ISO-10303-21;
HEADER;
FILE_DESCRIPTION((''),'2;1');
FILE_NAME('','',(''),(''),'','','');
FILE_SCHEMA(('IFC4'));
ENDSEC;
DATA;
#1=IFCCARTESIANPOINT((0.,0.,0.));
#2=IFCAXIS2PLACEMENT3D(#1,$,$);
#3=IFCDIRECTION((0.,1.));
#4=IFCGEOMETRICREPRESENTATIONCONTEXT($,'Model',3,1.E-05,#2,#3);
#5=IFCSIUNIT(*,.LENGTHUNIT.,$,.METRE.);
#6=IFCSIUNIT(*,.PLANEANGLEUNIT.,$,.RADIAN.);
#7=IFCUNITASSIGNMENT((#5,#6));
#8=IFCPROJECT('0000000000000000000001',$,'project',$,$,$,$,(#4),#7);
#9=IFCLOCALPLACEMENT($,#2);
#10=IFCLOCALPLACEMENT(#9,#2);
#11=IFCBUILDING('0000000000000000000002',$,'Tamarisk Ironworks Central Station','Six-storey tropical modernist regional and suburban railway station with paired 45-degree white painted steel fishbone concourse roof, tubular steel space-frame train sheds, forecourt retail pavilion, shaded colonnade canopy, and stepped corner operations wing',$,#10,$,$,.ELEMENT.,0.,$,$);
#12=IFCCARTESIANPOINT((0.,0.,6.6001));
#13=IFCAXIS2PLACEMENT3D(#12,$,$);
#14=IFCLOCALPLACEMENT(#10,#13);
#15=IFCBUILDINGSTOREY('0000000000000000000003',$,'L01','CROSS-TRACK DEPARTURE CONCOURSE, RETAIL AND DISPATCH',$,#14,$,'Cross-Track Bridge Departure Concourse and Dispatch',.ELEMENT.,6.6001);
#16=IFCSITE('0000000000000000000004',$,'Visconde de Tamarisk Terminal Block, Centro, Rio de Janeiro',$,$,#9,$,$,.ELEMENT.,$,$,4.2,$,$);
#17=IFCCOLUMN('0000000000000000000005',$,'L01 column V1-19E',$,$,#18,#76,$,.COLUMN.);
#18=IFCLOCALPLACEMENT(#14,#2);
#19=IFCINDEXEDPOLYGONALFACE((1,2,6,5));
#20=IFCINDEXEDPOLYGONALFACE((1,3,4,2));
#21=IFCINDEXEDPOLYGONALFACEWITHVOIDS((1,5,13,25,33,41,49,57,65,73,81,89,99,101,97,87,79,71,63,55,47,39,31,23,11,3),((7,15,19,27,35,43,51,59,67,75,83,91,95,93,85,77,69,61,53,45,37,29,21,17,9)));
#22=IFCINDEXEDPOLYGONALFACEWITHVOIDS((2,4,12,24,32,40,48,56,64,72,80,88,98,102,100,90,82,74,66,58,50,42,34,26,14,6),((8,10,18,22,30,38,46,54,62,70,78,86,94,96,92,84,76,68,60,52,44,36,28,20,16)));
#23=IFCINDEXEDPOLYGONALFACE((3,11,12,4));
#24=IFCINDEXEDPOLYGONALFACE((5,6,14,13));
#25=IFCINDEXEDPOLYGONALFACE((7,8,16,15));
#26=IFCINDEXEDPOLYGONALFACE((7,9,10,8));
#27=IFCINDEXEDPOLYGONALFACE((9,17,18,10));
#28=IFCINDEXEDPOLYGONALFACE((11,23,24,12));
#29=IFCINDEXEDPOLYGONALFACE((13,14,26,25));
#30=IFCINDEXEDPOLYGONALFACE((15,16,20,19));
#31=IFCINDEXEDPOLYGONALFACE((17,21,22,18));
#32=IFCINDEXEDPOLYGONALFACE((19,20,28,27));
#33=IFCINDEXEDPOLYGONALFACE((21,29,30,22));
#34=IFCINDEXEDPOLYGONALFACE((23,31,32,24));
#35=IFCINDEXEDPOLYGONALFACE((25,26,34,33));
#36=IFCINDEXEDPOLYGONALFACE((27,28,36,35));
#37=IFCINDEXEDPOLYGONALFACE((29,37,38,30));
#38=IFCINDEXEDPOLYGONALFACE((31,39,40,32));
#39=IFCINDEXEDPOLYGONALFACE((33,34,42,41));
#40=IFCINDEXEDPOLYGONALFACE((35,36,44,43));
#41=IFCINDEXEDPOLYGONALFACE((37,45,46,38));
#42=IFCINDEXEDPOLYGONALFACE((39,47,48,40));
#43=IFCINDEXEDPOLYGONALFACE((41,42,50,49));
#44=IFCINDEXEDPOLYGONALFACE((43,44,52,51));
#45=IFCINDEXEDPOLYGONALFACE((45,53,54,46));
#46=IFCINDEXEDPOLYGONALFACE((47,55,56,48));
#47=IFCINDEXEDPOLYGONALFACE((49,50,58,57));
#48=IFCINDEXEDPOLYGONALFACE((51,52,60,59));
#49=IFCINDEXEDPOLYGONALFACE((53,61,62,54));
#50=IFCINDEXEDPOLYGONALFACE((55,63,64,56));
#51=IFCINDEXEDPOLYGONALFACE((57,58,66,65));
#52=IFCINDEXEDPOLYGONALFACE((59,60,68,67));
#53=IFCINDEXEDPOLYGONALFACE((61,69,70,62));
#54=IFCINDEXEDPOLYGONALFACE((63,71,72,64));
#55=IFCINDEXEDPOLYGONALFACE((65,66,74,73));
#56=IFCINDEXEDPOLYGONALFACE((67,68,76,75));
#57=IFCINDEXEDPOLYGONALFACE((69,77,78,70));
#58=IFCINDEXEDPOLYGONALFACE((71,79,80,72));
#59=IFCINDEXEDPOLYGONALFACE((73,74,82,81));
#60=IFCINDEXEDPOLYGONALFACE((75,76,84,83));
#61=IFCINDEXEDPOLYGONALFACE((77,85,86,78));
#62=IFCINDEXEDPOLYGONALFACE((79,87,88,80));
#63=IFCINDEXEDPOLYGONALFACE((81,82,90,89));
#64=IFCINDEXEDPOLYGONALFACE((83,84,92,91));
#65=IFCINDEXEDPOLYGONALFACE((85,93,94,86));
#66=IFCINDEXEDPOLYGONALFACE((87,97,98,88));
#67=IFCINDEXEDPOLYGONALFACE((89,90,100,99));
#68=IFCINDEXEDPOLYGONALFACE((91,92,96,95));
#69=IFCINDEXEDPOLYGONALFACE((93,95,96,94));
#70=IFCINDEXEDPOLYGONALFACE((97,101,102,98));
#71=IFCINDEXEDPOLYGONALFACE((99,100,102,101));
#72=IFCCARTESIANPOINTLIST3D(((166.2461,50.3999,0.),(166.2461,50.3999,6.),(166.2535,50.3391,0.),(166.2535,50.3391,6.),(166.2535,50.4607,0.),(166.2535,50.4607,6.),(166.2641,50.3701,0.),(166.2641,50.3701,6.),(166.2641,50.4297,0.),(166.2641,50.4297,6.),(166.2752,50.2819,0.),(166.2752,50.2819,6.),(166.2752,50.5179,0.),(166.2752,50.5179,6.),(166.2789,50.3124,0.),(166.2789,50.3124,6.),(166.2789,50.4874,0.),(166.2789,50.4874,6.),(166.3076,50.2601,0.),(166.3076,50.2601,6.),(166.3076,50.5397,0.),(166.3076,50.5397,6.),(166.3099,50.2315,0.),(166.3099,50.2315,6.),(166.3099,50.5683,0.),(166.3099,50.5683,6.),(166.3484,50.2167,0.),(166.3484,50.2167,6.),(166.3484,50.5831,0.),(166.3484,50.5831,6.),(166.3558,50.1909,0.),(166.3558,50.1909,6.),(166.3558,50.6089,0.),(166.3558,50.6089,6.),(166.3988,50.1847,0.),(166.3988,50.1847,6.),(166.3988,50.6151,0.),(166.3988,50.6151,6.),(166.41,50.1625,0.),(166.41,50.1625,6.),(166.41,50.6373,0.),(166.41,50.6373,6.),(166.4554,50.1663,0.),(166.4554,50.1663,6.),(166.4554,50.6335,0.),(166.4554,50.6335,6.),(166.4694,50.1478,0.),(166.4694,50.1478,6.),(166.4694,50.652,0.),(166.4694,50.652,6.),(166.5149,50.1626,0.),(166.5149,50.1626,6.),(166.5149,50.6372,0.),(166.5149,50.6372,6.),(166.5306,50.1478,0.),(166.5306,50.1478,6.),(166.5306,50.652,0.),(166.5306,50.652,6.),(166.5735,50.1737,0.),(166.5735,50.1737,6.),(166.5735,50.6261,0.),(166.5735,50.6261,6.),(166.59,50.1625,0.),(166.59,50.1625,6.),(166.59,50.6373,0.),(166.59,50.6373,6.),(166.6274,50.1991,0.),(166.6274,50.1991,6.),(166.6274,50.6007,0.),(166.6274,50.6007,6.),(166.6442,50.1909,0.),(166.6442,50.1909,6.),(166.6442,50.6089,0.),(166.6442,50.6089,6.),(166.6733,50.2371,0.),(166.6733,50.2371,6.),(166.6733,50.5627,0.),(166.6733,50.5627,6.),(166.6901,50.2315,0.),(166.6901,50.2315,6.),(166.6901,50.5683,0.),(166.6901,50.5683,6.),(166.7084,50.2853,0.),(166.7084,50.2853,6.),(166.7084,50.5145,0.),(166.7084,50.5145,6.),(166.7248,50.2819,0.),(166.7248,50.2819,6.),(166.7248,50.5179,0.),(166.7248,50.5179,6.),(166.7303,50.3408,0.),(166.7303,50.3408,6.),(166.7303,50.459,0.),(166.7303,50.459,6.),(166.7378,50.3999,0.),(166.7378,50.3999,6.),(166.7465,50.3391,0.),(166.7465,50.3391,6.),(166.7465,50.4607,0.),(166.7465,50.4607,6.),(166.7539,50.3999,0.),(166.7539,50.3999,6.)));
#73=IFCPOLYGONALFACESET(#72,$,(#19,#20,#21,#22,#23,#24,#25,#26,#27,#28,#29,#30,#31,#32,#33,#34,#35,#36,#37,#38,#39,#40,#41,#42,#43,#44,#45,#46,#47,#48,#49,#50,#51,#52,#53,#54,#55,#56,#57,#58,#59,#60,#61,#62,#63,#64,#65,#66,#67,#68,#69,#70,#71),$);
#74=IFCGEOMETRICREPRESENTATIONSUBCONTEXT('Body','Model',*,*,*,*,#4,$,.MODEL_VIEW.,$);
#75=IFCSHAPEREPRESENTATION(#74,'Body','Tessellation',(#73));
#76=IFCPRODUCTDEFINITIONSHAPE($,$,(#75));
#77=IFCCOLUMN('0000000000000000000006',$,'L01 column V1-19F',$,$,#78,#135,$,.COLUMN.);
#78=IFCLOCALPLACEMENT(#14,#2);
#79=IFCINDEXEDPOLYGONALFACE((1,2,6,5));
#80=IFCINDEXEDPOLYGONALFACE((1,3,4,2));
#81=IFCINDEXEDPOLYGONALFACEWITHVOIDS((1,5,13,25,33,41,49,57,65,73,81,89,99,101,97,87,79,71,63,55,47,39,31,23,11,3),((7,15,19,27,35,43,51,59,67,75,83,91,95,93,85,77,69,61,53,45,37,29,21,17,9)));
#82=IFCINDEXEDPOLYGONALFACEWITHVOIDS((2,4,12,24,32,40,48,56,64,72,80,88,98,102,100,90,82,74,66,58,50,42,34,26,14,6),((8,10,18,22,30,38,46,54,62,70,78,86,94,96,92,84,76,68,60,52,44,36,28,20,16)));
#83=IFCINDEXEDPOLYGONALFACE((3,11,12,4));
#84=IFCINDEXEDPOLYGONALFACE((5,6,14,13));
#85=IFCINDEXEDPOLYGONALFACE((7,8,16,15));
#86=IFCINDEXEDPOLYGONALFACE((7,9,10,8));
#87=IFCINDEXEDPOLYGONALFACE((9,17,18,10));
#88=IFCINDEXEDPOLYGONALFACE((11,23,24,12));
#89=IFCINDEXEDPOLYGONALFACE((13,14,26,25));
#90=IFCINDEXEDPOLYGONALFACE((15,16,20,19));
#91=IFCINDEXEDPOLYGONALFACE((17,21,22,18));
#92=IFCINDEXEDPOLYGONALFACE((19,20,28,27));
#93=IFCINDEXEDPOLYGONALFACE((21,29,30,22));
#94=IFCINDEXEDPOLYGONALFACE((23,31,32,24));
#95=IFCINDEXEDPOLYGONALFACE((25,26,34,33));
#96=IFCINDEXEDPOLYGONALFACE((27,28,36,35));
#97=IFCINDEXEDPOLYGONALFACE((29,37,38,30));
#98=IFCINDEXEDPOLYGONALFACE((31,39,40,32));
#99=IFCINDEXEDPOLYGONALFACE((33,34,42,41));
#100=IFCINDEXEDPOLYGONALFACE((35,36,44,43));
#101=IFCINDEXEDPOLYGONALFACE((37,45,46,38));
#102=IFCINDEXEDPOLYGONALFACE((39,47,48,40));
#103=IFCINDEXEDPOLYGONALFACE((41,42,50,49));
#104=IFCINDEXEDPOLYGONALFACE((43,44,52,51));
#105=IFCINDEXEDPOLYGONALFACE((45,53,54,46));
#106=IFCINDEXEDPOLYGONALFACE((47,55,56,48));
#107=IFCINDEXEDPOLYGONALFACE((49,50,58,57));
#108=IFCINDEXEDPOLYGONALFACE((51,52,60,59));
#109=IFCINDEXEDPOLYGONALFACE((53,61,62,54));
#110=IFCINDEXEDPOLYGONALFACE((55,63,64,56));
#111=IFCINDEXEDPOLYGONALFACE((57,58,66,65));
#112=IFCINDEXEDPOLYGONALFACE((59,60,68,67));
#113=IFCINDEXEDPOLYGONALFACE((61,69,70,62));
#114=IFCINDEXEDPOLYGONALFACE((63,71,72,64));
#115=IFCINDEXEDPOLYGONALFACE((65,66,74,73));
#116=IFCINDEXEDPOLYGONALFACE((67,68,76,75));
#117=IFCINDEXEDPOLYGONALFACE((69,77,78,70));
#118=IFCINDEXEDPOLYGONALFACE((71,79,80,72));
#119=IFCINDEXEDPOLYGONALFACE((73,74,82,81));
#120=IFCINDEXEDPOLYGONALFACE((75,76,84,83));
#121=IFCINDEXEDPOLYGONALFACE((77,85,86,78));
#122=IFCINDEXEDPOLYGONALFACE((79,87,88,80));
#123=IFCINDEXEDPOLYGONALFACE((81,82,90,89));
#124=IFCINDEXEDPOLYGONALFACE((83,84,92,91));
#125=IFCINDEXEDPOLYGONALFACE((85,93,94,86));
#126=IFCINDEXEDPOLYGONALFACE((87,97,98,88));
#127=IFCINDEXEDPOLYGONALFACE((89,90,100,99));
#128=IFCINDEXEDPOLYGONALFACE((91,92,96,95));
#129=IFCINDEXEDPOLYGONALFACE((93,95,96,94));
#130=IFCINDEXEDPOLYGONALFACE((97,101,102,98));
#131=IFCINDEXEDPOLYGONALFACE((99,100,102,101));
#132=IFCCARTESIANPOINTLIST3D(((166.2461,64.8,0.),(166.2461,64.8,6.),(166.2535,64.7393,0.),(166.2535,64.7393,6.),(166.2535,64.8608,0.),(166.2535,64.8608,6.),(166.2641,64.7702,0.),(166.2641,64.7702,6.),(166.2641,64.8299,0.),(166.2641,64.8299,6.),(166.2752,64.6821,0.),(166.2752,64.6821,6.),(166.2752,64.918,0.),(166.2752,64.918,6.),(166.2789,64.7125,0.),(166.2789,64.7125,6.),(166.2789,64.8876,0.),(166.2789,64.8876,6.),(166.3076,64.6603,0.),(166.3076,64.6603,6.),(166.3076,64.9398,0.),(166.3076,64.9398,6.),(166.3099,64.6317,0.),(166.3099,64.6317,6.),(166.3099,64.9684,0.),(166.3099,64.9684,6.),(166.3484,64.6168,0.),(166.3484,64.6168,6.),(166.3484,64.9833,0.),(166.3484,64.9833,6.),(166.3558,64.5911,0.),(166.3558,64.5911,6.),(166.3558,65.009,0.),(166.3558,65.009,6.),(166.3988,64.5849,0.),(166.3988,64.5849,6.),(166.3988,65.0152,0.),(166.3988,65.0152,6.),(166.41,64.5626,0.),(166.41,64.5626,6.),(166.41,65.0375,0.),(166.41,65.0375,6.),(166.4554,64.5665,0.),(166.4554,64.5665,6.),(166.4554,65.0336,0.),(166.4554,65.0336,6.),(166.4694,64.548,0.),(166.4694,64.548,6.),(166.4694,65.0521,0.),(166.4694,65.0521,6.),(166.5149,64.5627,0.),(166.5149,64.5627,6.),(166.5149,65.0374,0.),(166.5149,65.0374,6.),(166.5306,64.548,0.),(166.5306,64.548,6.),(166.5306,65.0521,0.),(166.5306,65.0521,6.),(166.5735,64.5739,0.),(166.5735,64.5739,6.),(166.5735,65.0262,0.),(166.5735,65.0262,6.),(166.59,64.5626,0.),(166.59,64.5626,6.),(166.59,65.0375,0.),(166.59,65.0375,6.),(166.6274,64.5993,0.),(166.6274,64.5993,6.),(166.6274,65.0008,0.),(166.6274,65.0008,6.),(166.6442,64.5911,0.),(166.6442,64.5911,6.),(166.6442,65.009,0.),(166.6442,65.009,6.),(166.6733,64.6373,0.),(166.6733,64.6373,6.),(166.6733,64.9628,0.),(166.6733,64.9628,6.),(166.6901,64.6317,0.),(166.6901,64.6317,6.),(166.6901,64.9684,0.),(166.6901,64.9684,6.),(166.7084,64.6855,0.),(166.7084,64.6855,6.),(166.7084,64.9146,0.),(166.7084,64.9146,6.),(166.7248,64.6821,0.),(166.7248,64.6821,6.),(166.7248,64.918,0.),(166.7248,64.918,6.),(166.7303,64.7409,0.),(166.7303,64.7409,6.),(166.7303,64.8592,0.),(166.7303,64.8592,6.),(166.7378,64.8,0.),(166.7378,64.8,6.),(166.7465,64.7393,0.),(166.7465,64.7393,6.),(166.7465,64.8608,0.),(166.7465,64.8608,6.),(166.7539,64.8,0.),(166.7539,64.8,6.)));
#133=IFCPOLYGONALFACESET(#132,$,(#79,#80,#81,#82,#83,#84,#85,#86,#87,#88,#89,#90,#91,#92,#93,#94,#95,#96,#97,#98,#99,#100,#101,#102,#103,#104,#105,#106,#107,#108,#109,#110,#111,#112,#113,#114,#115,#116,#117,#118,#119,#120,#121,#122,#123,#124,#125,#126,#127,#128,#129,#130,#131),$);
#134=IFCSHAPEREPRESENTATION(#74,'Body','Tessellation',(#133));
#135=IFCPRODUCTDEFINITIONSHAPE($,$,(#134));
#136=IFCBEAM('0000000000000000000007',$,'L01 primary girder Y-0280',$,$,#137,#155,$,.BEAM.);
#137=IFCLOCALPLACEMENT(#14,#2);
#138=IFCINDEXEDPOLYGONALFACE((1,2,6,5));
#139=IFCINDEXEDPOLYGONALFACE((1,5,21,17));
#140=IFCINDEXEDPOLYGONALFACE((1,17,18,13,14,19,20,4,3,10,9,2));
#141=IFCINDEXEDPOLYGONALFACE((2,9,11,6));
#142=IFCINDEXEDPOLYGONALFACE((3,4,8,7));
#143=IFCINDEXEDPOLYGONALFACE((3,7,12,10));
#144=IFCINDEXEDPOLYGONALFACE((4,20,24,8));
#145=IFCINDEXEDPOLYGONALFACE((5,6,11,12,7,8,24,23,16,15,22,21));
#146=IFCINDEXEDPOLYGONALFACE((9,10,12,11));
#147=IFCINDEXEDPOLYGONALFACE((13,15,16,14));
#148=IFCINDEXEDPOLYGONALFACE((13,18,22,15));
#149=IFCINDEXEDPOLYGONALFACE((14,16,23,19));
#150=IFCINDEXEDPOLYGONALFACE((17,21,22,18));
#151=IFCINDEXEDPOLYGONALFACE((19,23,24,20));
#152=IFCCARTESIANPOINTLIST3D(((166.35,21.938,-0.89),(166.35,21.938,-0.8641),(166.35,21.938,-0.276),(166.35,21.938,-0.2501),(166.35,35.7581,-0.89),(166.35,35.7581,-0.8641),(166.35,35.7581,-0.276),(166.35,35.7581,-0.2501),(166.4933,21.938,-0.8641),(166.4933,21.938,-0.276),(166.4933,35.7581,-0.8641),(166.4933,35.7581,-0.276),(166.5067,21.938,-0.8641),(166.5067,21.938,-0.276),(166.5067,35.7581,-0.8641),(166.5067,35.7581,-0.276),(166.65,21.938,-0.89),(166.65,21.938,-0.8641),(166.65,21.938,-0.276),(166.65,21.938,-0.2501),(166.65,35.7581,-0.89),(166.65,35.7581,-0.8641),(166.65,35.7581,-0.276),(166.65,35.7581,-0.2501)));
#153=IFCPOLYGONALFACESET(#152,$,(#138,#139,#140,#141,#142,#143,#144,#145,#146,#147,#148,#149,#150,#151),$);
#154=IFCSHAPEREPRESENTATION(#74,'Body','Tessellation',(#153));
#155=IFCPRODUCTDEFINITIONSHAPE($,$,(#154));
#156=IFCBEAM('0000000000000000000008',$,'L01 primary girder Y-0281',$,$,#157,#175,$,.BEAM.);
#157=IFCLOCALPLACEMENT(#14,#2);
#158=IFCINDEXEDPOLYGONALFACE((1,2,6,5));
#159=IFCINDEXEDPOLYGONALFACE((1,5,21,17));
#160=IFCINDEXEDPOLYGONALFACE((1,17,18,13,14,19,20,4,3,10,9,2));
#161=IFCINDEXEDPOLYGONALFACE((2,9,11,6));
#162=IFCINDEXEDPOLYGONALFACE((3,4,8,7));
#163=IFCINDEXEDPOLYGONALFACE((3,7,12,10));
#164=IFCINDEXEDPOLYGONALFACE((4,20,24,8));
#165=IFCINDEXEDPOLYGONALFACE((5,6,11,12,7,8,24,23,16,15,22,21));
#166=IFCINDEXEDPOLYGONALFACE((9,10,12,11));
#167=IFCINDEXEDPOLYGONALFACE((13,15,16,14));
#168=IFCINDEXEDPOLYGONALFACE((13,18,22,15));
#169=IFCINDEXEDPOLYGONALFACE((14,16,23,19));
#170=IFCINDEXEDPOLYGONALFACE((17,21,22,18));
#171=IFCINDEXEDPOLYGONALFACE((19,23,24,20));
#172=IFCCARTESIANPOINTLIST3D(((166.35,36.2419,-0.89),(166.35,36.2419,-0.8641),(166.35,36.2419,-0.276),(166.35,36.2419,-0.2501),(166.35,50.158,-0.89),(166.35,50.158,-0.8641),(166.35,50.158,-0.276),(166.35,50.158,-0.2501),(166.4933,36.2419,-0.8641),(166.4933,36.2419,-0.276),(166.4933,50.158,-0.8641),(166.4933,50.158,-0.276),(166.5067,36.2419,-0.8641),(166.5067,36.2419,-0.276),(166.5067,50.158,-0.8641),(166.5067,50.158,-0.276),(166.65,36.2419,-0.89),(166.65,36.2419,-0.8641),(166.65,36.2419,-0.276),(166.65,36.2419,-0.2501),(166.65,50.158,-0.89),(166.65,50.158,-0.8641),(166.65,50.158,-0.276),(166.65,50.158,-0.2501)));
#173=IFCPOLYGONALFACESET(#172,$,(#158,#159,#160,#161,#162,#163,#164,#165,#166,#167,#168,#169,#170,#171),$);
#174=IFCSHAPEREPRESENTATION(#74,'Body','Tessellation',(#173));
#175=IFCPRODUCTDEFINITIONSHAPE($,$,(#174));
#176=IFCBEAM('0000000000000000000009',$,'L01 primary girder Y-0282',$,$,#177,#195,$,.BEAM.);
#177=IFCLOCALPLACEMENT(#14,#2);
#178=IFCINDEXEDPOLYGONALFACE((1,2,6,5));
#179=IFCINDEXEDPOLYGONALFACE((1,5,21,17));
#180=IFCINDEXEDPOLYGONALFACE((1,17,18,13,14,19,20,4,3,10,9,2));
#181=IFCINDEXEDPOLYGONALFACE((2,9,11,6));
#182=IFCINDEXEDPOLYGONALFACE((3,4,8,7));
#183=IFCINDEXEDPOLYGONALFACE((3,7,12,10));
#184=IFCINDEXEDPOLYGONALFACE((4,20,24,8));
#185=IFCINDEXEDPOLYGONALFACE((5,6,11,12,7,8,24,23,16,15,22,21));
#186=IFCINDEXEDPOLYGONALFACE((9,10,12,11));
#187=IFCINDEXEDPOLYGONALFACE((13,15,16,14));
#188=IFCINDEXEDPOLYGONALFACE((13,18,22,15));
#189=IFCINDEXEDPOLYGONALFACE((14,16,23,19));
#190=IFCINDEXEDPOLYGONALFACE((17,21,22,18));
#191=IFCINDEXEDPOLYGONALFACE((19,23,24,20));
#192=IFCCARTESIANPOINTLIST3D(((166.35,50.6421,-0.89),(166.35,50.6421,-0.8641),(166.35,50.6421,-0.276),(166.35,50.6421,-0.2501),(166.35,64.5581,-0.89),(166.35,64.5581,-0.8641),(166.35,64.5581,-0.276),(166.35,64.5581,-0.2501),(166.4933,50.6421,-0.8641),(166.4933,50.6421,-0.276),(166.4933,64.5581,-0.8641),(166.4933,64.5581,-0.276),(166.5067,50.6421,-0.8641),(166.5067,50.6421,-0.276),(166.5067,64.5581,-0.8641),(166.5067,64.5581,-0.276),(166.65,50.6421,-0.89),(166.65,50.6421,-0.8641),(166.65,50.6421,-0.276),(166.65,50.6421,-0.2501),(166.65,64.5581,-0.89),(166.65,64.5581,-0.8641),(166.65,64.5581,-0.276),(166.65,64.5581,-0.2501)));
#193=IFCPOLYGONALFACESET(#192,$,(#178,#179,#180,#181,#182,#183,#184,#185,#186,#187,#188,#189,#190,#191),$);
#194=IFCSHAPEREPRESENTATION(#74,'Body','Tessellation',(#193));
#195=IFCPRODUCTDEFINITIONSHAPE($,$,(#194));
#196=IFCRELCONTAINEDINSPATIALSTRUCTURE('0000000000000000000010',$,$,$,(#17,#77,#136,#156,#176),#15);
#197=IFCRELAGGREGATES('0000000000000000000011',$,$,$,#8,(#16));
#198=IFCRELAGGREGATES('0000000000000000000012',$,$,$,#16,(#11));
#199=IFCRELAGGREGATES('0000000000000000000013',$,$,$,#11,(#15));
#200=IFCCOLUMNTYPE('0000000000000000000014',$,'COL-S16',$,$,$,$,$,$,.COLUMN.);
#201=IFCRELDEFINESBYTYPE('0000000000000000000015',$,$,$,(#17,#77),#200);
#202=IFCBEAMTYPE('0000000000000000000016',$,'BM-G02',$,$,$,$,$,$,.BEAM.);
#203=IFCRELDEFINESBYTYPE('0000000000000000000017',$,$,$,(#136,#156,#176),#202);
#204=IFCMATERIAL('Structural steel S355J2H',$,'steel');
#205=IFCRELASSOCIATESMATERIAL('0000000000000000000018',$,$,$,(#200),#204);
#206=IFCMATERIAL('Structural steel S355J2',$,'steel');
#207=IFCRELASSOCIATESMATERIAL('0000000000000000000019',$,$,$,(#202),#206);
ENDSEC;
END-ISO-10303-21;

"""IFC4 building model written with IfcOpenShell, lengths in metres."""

from ifc_helpers import new_model, si_unit, direction, frame, origin, origin_2d, place, context, subcontext, project, spatial, hollow_circle, i_section, extrude, material, material_profile, profile_set, type_object, element, save


model = new_model("IFC4")

# Units and contexts
model_context = context("Model", 3, precision=1e-05, world=origin(), true_north=direction((0.0, 1.0)))
body_context = subcontext(model_context, "Body", "Model", "MODEL_VIEW")
ifc_project = project(units=[si_unit("LENGTHUNIT", "METRE"), si_unit("PLANEANGLEUNIT", "RADIAN")], contexts=[model_context])

# Site, building, storey
site_placement = place(None, origin())
site = spatial("IfcSite", under=ifc_project, at=site_placement, Name="Visconde de Tamarisk Terminal Block, Centro, Rio de Janeiro", CompositionType="ELEMENT", RefElevation=4.2)
building_placement = place(site_placement, origin())
building = spatial("IfcBuilding", under=site, at=building_placement, Name="Tamarisk Ironworks Central Station", Description="Six-storey tropical modernist regional and suburban railway station with paired 45-degree white painted steel fishbone concourse roof, tubular steel space-frame train sheds, forecourt retail pavilion, shaded colonnade canopy, and stepped corner operations wing", CompositionType="ELEMENT", ElevationOfRefHeight=0.0)
storey_placement = place(building_placement, frame((0.0, 0.0, 6.6001)))
storey = spatial("IfcBuildingStorey", under=building, at=storey_placement, Name="L01", Description="CROSS-TRACK DEPARTURE CONCOURSE, RETAIL AND DISPATCH", LongName="Cross-Track Bridge Departure Concourse and Dispatch", CompositionType="ELEMENT", Elevation=6.6001)

# Columns
ifc_material_1 = material(Name="Structural steel S355J2", Category="steel")
ifc_material_2 = material(Name="Structural steel S355J2H", Category="steel")
ifc_material_profile_1 = material_profile(ifc_material_2, hollow_circle(Radius=0.2539, WallThickness=0.0161, at=origin_2d()), Name="CHS 508x16")
ifc_profile_set_1 = profile_set([ifc_material_profile_1], Name="Structural steel S355J2H")
column_type_1 = type_object("IfcColumnType", Name="COL-S16", PredefinedType="COLUMN", material=ifc_profile_set_1)
for number, where, z_axis, x_axis, name in (
    (1, (166.5, 50.3999, 0.0), (0.0, 0.0, 1.0), (1.0, 0.0, 0.0), "L01 column V1-19E"),
    (2, (166.5, 64.8, 0.0), (0.0, 0.0, 1.0), (1.0, 0.0, 0.0), "L01 column V1-19F"),
):
    element("IfcColumn", number, at=place(storey_placement, frame(where, z_axis=z_axis, x_axis=x_axis)), inside=storey, type_object=column_type_1, Name=name, PredefinedType="COLUMN", context=body_context, shape_type="SweptSolid", body=[
        extrude(hollow_circle(Radius=0.2539, WallThickness=0.0161, at=origin_2d()), origin(), (0.0, 0.0, 1.0), 6.0),
    ])

# Beams
ifc_material_profile_2 = material_profile(ifc_material_1, i_section(OverallWidth=0.3, OverallDepth=0.6399, WebThickness=0.0134, FlangeThickness=0.0259, at=origin_2d()), Name="HEA 650")
ifc_profile_set_2 = profile_set([ifc_material_profile_2], Name="Structural steel S355J2")
beam_type_1 = type_object("IfcBeamType", Name="BM-G02", PredefinedType="BEAM", material=ifc_profile_set_2)
beam_1_placement = place(storey_placement, frame((166.5, 21.938, -0.5701), z_axis=(0.0, 1.0, 0.0), x_axis=(-1.0, 0.0, 0.0)))
element("IfcBeam", 3, at=beam_1_placement, inside=storey, type_object=beam_type_1, Name="L01 primary girder Y-0280", PredefinedType="BEAM", context=body_context, shape_type="SweptSolid", body=[
    extrude(i_section(OverallWidth=0.3, OverallDepth=0.6399, WebThickness=0.0134, FlangeThickness=0.0259, at=origin_2d()), origin(), (0.0, 0.0, 1.0), 13.8201),
])
for number, where, z_axis, x_axis, name in (
    (4, (166.5, 36.2419, -0.5701), (0.0, 1.0, 0.0), (-1.0, 0.0, 0.0), "L01 primary girder Y-0281"),
    (5, (166.5, 50.6421, -0.5701), (0.0, 1.0, 0.0), (-1.0, 0.0, 0.0), "L01 primary girder Y-0282"),
):
    element("IfcBeam", number, at=place(storey_placement, frame(where, z_axis=z_axis, x_axis=x_axis)), inside=storey, type_object=beam_type_1, Name=name, PredefinedType="BEAM", context=body_context, shape_type="SweptSolid", body=[
        extrude(i_section(OverallWidth=0.3, OverallDepth=0.6399, WebThickness=0.0134, FlangeThickness=0.0259, at=origin_2d()), origin(), (0.0, 0.0, 1.0), 13.916),
    ])

save(model, "model.ifc")
